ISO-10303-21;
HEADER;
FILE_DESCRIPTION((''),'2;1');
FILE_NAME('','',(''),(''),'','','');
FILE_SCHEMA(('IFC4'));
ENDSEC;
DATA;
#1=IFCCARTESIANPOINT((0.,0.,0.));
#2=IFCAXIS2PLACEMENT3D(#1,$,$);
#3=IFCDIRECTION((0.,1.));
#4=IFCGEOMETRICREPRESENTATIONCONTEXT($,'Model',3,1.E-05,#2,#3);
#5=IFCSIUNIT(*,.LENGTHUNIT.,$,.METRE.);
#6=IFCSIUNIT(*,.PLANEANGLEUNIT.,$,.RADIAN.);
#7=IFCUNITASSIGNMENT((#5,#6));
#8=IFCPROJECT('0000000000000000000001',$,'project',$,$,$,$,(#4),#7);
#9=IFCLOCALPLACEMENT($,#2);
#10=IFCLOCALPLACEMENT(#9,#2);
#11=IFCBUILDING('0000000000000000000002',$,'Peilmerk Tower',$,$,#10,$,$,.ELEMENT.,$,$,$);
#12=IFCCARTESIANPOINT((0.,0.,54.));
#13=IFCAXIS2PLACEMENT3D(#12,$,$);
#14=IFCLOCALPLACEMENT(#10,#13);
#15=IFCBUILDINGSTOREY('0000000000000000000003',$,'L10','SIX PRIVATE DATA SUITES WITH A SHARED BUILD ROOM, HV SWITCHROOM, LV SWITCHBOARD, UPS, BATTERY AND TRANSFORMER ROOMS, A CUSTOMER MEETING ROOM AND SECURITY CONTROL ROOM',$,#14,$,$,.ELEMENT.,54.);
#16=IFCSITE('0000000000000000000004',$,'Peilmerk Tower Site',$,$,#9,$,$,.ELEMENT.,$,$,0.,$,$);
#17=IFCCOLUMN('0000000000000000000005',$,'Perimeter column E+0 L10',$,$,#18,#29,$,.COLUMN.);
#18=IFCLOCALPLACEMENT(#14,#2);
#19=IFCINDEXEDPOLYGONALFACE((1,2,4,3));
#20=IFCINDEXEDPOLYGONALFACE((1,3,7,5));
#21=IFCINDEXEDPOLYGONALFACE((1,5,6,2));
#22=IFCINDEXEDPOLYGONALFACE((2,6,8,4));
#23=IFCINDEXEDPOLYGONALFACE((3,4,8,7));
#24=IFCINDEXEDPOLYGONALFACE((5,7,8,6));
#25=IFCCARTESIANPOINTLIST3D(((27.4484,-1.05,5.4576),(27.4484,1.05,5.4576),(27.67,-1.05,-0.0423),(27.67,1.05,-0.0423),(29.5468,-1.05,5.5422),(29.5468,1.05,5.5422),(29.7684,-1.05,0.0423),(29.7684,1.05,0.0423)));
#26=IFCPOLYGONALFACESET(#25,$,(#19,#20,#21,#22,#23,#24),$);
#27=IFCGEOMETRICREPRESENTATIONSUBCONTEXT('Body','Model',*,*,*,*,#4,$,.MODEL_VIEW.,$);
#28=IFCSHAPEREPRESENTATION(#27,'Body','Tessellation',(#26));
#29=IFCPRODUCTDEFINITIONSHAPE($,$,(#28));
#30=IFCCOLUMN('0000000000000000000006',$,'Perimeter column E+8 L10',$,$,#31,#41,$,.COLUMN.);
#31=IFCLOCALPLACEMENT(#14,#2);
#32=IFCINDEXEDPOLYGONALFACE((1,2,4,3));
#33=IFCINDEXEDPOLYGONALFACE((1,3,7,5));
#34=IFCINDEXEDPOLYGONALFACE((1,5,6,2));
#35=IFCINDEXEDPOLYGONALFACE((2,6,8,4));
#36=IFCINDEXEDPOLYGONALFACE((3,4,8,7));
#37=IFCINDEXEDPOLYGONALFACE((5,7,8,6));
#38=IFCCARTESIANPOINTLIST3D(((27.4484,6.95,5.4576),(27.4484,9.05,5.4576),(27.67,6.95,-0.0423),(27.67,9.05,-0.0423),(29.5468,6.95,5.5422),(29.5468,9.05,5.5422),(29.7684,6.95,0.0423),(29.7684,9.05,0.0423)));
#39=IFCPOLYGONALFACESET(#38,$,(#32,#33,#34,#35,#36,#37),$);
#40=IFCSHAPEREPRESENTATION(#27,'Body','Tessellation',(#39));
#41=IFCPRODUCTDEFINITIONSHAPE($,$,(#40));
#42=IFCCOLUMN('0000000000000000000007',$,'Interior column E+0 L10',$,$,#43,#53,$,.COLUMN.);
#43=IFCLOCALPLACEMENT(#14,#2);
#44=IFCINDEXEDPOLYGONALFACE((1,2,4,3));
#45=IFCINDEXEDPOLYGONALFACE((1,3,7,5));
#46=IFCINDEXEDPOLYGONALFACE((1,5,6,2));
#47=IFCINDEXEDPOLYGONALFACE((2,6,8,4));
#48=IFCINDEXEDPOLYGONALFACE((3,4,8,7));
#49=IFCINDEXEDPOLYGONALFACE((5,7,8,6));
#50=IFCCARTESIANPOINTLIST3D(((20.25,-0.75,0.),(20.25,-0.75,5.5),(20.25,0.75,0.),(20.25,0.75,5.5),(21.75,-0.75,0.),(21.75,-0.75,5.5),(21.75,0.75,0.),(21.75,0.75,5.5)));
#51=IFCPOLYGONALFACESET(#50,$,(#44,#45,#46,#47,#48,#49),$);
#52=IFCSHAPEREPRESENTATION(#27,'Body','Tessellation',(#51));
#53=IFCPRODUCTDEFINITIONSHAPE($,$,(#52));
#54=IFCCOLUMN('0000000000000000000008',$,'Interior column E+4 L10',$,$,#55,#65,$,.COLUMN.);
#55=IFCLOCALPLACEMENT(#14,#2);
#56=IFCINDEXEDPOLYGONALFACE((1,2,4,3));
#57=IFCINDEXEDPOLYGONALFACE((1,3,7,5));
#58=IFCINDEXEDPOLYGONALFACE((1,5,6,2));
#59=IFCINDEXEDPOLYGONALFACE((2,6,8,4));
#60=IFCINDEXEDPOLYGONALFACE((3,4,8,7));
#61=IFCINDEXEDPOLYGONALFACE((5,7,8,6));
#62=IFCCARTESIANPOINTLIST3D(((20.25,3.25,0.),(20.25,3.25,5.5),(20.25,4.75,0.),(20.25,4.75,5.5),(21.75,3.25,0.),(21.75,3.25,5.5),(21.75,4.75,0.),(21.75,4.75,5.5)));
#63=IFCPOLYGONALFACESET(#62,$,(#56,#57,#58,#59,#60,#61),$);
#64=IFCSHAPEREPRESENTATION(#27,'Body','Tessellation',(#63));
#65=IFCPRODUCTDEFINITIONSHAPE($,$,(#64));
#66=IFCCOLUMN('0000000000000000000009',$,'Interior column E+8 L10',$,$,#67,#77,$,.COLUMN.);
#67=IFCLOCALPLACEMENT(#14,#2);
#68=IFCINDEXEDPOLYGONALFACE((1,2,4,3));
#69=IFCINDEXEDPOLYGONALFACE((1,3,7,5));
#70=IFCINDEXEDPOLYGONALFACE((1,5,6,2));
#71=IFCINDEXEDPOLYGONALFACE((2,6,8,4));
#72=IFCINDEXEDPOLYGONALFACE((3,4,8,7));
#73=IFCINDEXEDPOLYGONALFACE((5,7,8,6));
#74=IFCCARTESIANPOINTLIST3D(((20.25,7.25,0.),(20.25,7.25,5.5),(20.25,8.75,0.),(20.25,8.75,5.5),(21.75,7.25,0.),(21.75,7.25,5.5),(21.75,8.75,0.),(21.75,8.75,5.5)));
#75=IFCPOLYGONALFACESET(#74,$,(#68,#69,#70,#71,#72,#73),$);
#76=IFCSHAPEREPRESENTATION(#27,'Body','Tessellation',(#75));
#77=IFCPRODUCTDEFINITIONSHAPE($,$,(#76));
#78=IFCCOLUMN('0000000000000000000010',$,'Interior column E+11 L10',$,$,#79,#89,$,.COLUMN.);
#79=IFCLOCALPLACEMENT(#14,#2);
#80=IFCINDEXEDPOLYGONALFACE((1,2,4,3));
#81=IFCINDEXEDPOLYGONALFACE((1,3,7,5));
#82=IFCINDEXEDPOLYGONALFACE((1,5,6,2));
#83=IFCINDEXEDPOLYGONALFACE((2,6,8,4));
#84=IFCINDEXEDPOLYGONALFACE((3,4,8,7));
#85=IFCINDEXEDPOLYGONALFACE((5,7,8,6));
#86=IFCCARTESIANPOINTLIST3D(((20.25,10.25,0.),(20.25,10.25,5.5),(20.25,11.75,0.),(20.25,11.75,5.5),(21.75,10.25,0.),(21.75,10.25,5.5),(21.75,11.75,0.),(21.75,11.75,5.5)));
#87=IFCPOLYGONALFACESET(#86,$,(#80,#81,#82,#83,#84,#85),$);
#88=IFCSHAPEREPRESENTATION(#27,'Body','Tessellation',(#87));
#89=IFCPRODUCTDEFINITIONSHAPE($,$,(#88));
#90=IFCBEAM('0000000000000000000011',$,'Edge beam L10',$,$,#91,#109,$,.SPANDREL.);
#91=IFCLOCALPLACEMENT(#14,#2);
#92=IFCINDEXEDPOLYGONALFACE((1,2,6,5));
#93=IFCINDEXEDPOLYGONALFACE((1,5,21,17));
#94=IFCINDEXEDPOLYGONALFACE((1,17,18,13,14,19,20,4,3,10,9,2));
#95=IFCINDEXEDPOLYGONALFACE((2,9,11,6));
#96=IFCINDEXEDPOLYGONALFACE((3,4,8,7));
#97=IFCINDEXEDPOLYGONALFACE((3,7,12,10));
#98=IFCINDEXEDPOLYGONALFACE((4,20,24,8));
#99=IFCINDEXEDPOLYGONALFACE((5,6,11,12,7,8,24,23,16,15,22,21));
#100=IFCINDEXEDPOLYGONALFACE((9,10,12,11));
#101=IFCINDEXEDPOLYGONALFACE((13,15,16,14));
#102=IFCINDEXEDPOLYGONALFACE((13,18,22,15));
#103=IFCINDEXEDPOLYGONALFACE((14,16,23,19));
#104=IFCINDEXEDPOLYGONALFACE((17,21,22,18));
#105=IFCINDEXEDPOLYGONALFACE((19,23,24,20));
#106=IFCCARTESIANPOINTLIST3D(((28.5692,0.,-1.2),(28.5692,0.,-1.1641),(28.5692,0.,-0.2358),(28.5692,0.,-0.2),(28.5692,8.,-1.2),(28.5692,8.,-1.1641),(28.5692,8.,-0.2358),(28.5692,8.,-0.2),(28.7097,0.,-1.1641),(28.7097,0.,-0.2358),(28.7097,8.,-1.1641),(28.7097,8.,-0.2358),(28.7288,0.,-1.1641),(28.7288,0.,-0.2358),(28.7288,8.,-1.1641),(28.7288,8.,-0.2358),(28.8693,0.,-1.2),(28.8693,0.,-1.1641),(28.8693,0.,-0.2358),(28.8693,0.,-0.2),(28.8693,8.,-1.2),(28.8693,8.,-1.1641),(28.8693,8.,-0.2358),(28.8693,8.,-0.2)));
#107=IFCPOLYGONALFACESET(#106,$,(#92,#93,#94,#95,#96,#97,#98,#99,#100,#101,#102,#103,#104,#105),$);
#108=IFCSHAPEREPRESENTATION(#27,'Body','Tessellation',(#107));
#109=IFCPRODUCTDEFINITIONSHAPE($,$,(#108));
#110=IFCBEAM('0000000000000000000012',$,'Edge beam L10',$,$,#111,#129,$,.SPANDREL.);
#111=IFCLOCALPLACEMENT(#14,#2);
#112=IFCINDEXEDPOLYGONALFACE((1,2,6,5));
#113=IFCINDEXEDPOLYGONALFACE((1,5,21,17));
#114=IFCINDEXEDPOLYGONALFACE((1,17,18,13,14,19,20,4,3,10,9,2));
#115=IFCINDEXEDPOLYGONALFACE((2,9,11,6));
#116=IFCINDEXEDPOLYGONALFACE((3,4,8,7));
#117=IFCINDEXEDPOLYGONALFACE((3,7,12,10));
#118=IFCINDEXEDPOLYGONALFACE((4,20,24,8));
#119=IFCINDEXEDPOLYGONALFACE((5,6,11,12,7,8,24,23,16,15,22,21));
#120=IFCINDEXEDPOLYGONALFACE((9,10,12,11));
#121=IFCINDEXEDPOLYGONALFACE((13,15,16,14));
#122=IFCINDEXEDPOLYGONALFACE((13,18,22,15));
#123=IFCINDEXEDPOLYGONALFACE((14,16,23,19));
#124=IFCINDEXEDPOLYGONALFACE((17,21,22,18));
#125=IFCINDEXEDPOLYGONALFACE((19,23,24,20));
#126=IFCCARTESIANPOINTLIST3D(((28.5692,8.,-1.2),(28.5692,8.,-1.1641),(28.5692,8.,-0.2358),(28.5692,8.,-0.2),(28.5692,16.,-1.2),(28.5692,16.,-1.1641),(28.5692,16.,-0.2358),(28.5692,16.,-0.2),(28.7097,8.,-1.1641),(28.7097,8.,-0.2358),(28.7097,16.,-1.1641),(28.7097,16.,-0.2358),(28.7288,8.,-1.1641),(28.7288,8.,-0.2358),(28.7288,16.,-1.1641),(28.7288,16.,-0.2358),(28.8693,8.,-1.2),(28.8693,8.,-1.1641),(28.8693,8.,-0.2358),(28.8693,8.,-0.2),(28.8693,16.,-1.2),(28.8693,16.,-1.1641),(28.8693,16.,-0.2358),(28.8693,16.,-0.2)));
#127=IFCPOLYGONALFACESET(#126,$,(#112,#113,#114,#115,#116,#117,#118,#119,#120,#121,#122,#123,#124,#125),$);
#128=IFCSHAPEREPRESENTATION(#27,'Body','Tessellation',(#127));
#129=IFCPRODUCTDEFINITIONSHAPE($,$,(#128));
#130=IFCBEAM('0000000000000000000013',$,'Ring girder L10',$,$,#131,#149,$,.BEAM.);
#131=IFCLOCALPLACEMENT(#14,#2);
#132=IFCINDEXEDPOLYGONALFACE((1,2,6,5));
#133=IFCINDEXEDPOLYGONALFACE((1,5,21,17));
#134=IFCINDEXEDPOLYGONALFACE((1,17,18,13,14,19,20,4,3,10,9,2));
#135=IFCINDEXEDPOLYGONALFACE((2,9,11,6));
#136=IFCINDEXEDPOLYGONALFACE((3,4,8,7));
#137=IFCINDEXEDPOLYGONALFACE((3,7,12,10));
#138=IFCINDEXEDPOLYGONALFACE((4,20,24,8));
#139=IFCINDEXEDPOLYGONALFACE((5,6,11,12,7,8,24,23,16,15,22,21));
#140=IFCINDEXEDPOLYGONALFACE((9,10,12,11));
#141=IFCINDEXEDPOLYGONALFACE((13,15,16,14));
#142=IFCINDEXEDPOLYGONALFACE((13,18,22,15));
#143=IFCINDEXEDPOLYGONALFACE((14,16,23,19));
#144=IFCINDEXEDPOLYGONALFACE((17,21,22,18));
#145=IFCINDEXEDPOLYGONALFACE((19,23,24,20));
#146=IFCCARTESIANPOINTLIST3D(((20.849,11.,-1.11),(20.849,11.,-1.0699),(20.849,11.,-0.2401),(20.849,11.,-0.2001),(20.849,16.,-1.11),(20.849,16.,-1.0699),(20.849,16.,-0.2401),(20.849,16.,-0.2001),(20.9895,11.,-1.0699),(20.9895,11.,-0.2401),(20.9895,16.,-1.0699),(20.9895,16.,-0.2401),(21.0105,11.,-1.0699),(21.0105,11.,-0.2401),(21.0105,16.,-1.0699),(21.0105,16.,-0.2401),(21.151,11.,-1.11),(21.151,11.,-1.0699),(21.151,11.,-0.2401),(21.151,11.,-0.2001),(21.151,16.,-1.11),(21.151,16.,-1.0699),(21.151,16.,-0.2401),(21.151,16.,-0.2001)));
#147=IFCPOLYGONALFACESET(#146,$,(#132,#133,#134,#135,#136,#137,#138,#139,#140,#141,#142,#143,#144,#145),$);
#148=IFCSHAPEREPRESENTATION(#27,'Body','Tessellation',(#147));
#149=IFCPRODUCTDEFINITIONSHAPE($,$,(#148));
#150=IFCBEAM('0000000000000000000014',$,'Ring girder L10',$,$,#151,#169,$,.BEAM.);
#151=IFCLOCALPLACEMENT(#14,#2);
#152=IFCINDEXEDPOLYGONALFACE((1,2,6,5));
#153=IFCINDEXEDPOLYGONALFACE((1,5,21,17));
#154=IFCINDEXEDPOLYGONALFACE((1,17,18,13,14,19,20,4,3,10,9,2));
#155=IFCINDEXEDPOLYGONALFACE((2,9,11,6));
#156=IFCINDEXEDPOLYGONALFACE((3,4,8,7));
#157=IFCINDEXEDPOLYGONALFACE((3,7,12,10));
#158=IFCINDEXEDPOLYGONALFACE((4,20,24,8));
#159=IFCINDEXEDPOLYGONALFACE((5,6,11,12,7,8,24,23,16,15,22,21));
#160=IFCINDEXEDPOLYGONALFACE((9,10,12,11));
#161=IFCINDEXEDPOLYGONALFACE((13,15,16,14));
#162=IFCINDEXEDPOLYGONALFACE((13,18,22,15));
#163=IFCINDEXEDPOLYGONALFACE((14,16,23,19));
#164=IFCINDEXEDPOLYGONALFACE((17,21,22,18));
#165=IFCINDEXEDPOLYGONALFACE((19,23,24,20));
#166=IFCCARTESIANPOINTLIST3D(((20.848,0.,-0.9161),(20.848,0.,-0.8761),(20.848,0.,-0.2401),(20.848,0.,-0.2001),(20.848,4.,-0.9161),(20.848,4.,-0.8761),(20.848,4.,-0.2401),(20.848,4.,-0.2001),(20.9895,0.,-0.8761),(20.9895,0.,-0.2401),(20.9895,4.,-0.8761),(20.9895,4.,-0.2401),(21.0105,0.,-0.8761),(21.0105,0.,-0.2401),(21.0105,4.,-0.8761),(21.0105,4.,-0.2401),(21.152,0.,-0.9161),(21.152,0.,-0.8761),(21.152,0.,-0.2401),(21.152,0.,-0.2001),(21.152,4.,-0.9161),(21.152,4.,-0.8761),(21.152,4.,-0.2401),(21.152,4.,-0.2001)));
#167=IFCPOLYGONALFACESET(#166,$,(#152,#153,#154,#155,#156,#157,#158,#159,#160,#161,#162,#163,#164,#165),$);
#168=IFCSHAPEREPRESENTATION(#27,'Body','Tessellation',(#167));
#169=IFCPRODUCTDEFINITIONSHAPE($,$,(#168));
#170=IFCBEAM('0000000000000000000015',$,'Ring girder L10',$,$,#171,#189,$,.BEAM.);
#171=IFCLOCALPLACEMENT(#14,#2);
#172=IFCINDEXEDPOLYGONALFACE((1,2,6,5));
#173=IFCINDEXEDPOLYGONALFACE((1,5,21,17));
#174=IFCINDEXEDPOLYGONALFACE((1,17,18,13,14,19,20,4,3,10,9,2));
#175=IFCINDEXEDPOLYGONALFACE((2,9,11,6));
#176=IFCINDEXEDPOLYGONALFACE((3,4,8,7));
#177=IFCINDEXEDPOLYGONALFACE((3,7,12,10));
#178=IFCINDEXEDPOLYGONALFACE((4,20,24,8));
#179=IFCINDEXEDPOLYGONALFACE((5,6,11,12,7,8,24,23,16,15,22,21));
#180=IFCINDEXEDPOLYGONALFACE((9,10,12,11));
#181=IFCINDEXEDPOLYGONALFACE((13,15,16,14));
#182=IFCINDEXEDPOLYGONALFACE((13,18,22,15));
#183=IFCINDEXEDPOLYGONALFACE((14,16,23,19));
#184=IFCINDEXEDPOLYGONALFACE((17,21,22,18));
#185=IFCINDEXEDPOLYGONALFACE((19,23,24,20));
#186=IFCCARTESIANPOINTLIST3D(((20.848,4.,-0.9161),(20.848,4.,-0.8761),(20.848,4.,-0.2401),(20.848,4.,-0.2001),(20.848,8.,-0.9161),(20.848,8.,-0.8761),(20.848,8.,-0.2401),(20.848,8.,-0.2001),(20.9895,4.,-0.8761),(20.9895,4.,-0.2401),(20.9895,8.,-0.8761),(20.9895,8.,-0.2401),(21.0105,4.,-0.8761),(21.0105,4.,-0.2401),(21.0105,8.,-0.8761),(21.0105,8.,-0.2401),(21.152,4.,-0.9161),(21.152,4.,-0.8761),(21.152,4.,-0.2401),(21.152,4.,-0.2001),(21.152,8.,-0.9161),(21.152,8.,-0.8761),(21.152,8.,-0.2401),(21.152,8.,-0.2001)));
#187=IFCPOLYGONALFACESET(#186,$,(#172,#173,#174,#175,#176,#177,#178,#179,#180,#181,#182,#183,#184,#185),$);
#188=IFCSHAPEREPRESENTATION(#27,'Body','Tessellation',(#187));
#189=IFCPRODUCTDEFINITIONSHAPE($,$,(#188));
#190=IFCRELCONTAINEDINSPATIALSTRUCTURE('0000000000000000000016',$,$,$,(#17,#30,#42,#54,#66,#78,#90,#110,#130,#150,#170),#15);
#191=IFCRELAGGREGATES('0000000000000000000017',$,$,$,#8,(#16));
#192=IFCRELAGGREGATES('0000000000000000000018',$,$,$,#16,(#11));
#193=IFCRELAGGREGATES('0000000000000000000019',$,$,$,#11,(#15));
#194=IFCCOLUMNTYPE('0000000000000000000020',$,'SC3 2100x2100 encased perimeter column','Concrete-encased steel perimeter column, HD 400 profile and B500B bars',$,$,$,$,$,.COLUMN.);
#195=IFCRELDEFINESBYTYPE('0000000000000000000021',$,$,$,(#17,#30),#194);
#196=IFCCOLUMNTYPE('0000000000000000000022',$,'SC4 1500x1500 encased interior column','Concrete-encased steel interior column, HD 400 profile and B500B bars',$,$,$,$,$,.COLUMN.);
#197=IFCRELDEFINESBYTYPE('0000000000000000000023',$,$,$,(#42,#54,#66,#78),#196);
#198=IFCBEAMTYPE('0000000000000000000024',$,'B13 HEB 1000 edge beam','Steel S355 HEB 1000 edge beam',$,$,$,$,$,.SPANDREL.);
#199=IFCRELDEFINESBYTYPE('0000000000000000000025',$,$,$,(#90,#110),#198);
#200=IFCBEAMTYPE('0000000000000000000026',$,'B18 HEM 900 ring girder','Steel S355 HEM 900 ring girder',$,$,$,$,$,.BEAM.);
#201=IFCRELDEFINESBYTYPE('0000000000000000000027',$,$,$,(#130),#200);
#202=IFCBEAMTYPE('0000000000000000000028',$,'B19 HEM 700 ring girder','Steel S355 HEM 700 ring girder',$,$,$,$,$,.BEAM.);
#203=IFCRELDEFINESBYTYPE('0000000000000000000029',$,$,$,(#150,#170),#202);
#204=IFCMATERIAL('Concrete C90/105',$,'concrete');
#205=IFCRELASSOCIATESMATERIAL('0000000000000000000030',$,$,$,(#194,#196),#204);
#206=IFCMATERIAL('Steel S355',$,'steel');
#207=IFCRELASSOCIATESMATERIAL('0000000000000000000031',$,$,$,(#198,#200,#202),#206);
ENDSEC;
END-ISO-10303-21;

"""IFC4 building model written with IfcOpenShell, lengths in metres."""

from ifc_helpers import new_model, si_unit, direction, frame, origin, origin_2d, place, context, subcontext, project, spatial, rectangle, i_section, extrude, material, material_profile, profile_set, type_object, element, save


model = new_model("IFC4")

# Units and contexts
model_context = context("Model", 3, precision=1e-05, world=origin(), true_north=direction((0.0, 1.0)))
body_context = subcontext(model_context, "Body", "Model", "MODEL_VIEW")
ifc_project = project(units=[si_unit("LENGTHUNIT", "METRE"), si_unit("PLANEANGLEUNIT", "RADIAN")], contexts=[model_context])

# Site, building, storey
site_placement = place(None, origin())
site = spatial("IfcSite", under=ifc_project, at=site_placement, Name="Peilmerk Tower Site", CompositionType="ELEMENT", RefElevation=0.0)
building_placement = place(site_placement, origin())
building = spatial("IfcBuilding", under=site, at=building_placement, Name="Peilmerk Tower", CompositionType="ELEMENT")
storey_placement = place(building_placement, frame((0.0, 0.0, 54.0)))
storey = spatial("IfcBuildingStorey", under=building, at=storey_placement, Name="L10", Description="SIX PRIVATE DATA SUITES WITH A SHARED BUILD ROOM, HV SWITCHROOM, LV SWITCHBOARD, UPS, BATTERY AND TRANSFORMER ROOMS, A CUSTOMER MEETING ROOM AND SECURITY CONTROL ROOM", CompositionType="ELEMENT", Elevation=54.0)

# Columns
ifc_material_1 = material(Name="Concrete C90/105", Category="concrete")
ifc_material_profile_1 = material_profile(ifc_material_1, rectangle(XDim=2.1001, YDim=2.1001, at=origin_2d()), Name="RC 2100x2100")
ifc_profile_set_1 = profile_set([ifc_material_profile_1], Name="Concrete C90/105")
column_type_1 = type_object("IfcColumnType", Name="SC3 2100x2100 encased perimeter column", Description="Concrete-encased steel perimeter column, HD 400 profile and B500B bars", PredefinedType="COLUMN", material=ifc_profile_set_1)
for number, where, z_axis, x_axis, name in (
    (1, (28.7192, 0.0, 0.0), (-0.040273, 0.0, 0.999189), (0.0, -1.0, 0.0), "Perimeter column E+0 L10"),
    (2, (28.7192, 8.0, 0.0), (-0.040273, 0.0, 0.999189), (0.0, -1.0, 0.0), "Perimeter column E+8 L10"),
):
    element("IfcColumn", number, at=place(storey_placement, frame(where, z_axis=z_axis, x_axis=x_axis)), inside=storey, type_object=column_type_1, Name=name, PredefinedType="COLUMN", context=body_context, shape_type="SweptSolid", body=[
        extrude(rectangle(XDim=2.1001, YDim=2.1001, at=origin_2d()), origin(), (0.0, 0.0, 1.0), 5.5044),
    ])
ifc_material_profile_2 = material_profile(ifc_material_1, rectangle(XDim=1.5, YDim=1.5, at=origin_2d()), Name="RC 1500x1500")
ifc_profile_set_2 = profile_set([ifc_material_profile_2], Name="Concrete C90/105")
column_type_2 = type_object("IfcColumnType", Name="SC4 1500x1500 encased interior column", Description="Concrete-encased steel interior column, HD 400 profile and B500B bars", PredefinedType="COLUMN", material=ifc_profile_set_2)
for number, where, z_axis, x_axis, name in (
    (3, (21.0, 0.0, 0.0), (0.0, 0.0, 1.0), (1.0, 0.0, 0.0), "Interior column E+0 L10"),
    (4, (21.0, 4.0, 0.0), (0.0, 0.0, 1.0), (1.0, 0.0, 0.0), "Interior column E+4 L10"),
    (5, (21.0, 8.0, 0.0), (0.0, 0.0, 1.0), (1.0, 0.0, 0.0), "Interior column E+8 L10"),
    (6, (21.0, 11.0, 0.0), (0.0, 0.0, 1.0), (1.0, 0.0, 0.0), "Interior column E+11 L10"),
):
    element("IfcColumn", number, at=place(storey_placement, frame(where, z_axis=z_axis, x_axis=x_axis)), inside=storey, type_object=column_type_2, Name=name, PredefinedType="COLUMN", context=body_context, shape_type="SweptSolid", body=[
        extrude(rectangle(XDim=1.5, YDim=1.5, at=origin_2d()), origin(), (0.0, 0.0, 1.0), 5.5),
    ])

# Beams
ifc_material_2 = material(Name="Steel S355", Category="steel")
ifc_material_profile_3 = material_profile(ifc_material_2, i_section(OverallWidth=0.3, OverallDepth=1.0, WebThickness=0.019, FlangeThickness=0.0359, at=origin_2d()), Name="HEB 1000")
ifc_profile_set_3 = profile_set([ifc_material_profile_3], Name="Steel S355")
beam_type_1 = type_object("IfcBeamType", Name="B13 HEB 1000 edge beam", Description="Steel S355 HEB 1000 edge beam", PredefinedType="SPANDREL", material=ifc_profile_set_3)
for number, where, z_axis, x_axis, name in (
    (7, (28.7192, 0.0, -0.7), (0.0, 1.0, 0.0), (-1.0, 0.0, 0.0), "Edge beam L10"),
    (8, (28.7192, 8.0, -0.7), (0.0, 1.0, 0.0), (-1.0, 0.0, 0.0), "Edge beam L10"),
):
    element("IfcBeam", number, at=place(storey_placement, frame(where, z_axis=z_axis, x_axis=x_axis)), inside=storey, type_object=beam_type_1, Name=name, PredefinedType="SPANDREL", context=body_context, shape_type="SweptSolid", body=[
        extrude(i_section(OverallWidth=0.3, OverallDepth=1.0, WebThickness=0.019, FlangeThickness=0.0359, at=origin_2d()), origin(), (0.0, 0.0, 1.0), 8.0),
    ])
ifc_material_profile_4 = material_profile(ifc_material_2, i_section(OverallWidth=0.302, OverallDepth=0.9099, WebThickness=0.021, FlangeThickness=0.04, at=origin_2d()), Name="HEM 900")
ifc_profile_set_4 = profile_set([ifc_material_profile_4], Name="Steel S355")
beam_type_2 = type_object("IfcBeamType", Name="B18 HEM 900 ring girder", Description="Steel S355 HEM 900 ring girder", PredefinedType="BEAM", material=ifc_profile_set_4)
beam_1_placement = place(storey_placement, frame((21.0, 11.0, -0.655), z_axis=(0.0, 1.0, 0.0), x_axis=(-1.0, 0.0, 0.0)))
element("IfcBeam", 9, at=beam_1_placement, inside=storey, type_object=beam_type_2, Name="Ring girder L10", PredefinedType="BEAM", context=body_context, shape_type="SweptSolid", body=[
    extrude(i_section(OverallWidth=0.302, OverallDepth=0.9099, WebThickness=0.021, FlangeThickness=0.04, at=origin_2d()), origin(), (0.0, 0.0, 1.0), 5.0),
])
ifc_material_profile_5 = material_profile(ifc_material_2, i_section(OverallWidth=0.304, OverallDepth=0.7161, WebThickness=0.021, FlangeThickness=0.04, at=origin_2d()), Name="HEM 700")
ifc_profile_set_5 = profile_set([ifc_material_profile_5], Name="Steel S355")
beam_type_3 = type_object("IfcBeamType", Name="B19 HEM 700 ring girder", Description="Steel S355 HEM 700 ring girder", PredefinedType="BEAM", material=ifc_profile_set_5)
for number, where, z_axis, x_axis, name in (
    (10, (21.0, 0.0, -0.5581), (0.0, 1.0, 0.0), (-1.0, 0.0, 0.0), "Ring girder L10"),
    (11, (21.0, 4.0, -0.5581), (0.0, 1.0, 0.0), (-1.0, 0.0, 0.0), "Ring girder L10"),
):
    element("IfcBeam", number, at=place(storey_placement, frame(where, z_axis=z_axis, x_axis=x_axis)), inside=storey, type_object=beam_type_3, Name=name, PredefinedType="BEAM", context=body_context, shape_type="SweptSolid", body=[
        extrude(i_section(OverallWidth=0.304, OverallDepth=0.7161, WebThickness=0.021, FlangeThickness=0.04, at=origin_2d()), origin(), (0.0, 0.0, 1.0), 4.0),
    ])

save(model, "model.ifc")
